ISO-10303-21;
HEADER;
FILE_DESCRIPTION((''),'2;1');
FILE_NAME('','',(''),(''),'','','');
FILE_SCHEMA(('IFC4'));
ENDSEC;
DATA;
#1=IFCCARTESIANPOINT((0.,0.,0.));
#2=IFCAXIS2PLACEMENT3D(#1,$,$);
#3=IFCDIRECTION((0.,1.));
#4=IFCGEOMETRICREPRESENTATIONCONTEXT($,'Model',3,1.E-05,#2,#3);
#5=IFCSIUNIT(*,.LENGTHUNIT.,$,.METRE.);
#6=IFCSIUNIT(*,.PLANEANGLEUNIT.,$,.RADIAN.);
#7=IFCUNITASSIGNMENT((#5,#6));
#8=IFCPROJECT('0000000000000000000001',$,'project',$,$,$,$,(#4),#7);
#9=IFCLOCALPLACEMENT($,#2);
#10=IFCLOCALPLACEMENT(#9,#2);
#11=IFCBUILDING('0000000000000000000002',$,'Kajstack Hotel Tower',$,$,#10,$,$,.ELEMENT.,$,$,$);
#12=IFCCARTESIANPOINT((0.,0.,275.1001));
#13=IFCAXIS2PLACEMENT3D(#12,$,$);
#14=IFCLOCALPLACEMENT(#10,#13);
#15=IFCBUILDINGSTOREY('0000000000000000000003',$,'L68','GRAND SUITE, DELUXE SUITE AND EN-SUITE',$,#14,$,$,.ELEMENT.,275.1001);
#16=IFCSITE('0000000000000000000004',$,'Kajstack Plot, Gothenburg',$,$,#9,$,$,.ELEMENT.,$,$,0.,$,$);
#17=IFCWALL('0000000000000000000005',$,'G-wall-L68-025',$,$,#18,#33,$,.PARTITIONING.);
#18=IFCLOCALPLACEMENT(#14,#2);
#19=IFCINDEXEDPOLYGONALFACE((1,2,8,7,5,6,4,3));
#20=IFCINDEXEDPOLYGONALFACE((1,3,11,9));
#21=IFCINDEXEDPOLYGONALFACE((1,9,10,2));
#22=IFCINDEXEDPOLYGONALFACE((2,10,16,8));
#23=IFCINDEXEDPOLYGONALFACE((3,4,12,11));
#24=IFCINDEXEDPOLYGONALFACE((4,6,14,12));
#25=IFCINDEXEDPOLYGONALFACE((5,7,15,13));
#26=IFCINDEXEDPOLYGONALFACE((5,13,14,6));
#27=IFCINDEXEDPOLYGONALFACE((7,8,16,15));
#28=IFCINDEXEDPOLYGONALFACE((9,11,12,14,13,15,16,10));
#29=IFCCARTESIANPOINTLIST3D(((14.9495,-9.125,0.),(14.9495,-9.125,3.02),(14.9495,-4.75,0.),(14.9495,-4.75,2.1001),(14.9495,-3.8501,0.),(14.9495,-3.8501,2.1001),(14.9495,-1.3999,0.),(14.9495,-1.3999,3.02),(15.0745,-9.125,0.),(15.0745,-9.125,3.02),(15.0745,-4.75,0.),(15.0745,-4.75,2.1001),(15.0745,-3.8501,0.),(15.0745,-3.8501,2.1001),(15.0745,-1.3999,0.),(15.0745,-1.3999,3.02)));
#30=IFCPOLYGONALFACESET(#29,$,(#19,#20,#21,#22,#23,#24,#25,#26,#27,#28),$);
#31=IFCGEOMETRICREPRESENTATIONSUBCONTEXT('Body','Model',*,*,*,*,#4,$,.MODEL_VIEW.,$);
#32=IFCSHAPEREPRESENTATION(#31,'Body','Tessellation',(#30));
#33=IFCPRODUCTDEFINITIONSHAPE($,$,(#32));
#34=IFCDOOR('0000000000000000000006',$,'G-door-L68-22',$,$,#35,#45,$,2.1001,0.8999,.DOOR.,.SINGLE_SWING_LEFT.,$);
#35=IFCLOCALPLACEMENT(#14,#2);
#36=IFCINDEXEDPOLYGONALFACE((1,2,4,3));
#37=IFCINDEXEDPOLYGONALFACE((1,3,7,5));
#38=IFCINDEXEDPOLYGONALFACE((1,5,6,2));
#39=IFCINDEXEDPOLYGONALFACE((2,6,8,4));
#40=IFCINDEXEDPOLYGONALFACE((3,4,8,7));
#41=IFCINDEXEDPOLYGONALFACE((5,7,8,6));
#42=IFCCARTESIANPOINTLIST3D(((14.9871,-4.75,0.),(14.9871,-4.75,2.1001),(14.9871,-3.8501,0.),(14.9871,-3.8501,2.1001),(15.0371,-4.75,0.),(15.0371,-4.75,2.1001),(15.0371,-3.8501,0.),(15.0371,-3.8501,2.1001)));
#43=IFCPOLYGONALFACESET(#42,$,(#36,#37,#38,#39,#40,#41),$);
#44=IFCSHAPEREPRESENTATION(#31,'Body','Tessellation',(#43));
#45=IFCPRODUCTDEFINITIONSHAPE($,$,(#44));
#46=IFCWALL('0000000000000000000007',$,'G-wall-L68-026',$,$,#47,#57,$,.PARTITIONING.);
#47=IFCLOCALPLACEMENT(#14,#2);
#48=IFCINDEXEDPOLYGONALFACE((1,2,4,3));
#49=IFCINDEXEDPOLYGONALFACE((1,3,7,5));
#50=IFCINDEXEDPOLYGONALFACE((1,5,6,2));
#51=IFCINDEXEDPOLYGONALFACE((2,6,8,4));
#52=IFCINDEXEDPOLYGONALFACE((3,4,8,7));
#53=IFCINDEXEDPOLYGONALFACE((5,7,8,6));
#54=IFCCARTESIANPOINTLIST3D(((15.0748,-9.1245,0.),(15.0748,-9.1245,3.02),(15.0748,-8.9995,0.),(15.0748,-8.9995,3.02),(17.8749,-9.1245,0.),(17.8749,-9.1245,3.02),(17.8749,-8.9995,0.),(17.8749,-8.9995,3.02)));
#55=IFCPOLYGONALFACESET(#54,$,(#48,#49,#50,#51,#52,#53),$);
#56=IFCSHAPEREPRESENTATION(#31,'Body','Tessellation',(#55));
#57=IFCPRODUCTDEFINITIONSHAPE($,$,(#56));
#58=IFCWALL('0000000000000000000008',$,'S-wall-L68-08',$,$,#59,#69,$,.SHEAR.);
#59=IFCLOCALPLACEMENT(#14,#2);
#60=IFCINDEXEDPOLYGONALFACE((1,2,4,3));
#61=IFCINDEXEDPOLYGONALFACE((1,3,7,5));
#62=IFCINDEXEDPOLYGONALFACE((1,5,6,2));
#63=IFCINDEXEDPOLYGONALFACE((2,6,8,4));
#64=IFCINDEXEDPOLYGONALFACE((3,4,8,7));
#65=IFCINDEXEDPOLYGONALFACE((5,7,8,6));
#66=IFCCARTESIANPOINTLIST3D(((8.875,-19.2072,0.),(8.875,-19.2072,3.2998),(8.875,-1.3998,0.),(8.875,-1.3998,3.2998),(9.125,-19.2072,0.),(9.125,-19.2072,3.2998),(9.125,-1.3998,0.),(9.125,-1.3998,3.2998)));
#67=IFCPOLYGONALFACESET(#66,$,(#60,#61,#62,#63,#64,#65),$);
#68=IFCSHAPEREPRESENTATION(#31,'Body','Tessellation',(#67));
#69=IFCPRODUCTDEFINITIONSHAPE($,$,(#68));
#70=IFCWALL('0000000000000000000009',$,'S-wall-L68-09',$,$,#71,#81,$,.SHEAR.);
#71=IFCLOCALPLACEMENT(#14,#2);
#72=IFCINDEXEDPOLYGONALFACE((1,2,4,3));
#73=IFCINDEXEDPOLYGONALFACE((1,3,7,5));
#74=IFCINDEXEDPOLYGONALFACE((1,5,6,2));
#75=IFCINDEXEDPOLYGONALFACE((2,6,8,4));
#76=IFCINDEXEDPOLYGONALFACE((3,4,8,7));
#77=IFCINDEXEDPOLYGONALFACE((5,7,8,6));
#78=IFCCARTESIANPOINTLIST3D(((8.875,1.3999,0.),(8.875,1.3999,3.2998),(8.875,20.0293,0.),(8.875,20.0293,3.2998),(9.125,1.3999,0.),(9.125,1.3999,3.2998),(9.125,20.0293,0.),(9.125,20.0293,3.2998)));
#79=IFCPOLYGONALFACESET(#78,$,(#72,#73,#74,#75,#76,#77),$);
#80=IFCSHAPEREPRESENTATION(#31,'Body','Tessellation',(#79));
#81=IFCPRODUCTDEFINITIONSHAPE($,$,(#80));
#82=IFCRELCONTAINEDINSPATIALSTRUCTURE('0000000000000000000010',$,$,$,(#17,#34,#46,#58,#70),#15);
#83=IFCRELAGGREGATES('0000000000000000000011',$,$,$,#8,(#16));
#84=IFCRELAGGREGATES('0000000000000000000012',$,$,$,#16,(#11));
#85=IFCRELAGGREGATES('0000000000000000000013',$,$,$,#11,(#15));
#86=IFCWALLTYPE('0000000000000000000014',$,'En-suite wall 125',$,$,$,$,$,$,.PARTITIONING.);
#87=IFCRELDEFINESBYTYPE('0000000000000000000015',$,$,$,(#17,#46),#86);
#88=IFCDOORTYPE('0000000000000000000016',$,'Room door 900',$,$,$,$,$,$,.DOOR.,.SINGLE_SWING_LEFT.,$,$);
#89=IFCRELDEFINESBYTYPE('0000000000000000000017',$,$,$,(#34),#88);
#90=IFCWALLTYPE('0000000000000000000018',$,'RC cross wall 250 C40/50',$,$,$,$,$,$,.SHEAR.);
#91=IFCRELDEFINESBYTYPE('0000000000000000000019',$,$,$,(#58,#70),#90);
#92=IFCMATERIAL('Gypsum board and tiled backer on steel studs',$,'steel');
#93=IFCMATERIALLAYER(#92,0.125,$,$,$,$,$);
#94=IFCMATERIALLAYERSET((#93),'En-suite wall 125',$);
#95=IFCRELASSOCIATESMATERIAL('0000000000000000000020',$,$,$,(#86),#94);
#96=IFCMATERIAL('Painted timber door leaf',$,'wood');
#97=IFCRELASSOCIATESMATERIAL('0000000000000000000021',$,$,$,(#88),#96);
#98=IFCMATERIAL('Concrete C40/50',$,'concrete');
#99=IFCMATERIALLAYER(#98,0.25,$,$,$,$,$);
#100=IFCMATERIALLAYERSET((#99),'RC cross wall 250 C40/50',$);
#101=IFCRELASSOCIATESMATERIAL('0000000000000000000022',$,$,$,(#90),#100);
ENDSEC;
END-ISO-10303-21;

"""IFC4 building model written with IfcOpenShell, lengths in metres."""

from ifc_helpers import new_model, si_unit, direction, frame, frame_2d, origin, place, context, subcontext, project, spatial, rectangle, extrude, material, layer, layer_set, type_object, element, fill, save


model = new_model("IFC4")

# Units and contexts
model_context = context("Model", 3, precision=1e-05, world=origin(), true_north=direction((0.0, 1.0)))
body_context = subcontext(model_context, "Body", "Model", "MODEL_VIEW")
ifc_project = project(units=[si_unit("LENGTHUNIT", "METRE"), si_unit("PLANEANGLEUNIT", "RADIAN")], contexts=[model_context])

# Site, building, storey
site_placement = place(None, origin())
site = spatial("IfcSite", under=ifc_project, at=site_placement, Name="Kajstack Plot, Gothenburg", CompositionType="ELEMENT", RefElevation=0.0)
building_placement = place(site_placement, origin())
building = spatial("IfcBuilding", under=site, at=building_placement, Name="Kajstack Hotel Tower", CompositionType="ELEMENT")
storey_placement = place(building_placement, frame((0.0, 0.0, 275.1001)))
storey = spatial("IfcBuildingStorey", under=building, at=storey_placement, Name="L68", Description="GRAND SUITE, DELUXE SUITE AND EN-SUITE", CompositionType="ELEMENT", Elevation=275.1001)

# Shared definitions
ifc_material_1 = material(Name="Concrete C40/50", Category="concrete")

# Shared definitions
ifc_material_2 = material(Name="Gypsum board and tiled backer on steel studs", Category="steel")
ifc_layer_1 = layer(ifc_material_2, 0.125)
ifc_layer_set_1 = layer_set([ifc_layer_1], Name="En-suite wall 125")
wall_type_1 = type_object("IfcWallType", Name="En-suite wall 125", PredefinedType="PARTITIONING", material=ifc_layer_set_1)
ifc_material_3 = material(Name="Painted timber door leaf", Category="wood")
door_type_1 = type_object("IfcDoorType", Name="Room door 900", OperationType="SINGLE_SWING_LEFT", PredefinedType="DOOR", material=ifc_material_3)

# Wall, opening, door
wall_1_placement = place(storey_placement, frame((15.012, -9.125, 0.0), z_axis=(0.0, 0.0, 1.0), x_axis=(0.0, 1.0, 0.0)))
wall_1 = element("IfcWall", 1, at=wall_1_placement, inside=storey, type_object=wall_type_1, Name="G-wall-L68-025", PredefinedType="PARTITIONING", context=body_context, shape_type="SweptSolid", body=[
    extrude(rectangle(XDim=7.7251, YDim=0.125, at=frame_2d((3.8625, 0.0))), origin(), (0.0, 0.0, 1.0), 3.02),
])
opening_1_placement = place(wall_1_placement, frame((4.375, 0.0, 0.0)))
opening_1 = element("IfcOpeningElement", 2, at=opening_1_placement, cuts=wall_1, PredefinedType="OPENING", context=body_context, shape_type="SweptSolid", body=[
    extrude(rectangle(XDim=0.8999, YDim=2.1001, at=frame_2d((0.45, 1.05))), frame((0.0, 0.0725, 0.0), z_axis=(0.0, -1.0, 0.0), x_axis=(1.0, 0.0, 0.0)), (0.0, 0.0, 1.0), 0.145),
])
door_1_placement = place(opening_1_placement, origin())
door_1 = element("IfcDoor", 3, at=door_1_placement, inside=storey, type_object=door_type_1, Name="G-door-L68-22", OperationType="SINGLE_SWING_LEFT", OverallHeight=2.1001, OverallWidth=0.8999, PredefinedType="DOOR", context=body_context, shape_type="SweptSolid", body=[
    extrude(rectangle(XDim=0.8999, YDim=2.1001, at=frame_2d((0.45, 1.05))), frame((0.0, 0.0249, 0.0), z_axis=(0.0, -1.0, 0.0), x_axis=(1.0, 0.0, 0.0)), (0.0, 0.0, 1.0), 0.05),
])
fill(opening_1, door_1)

# Walls
wall_2_placement = place(storey_placement, frame((15.075, -9.062, 0.0), z_axis=(0.0, 0.0, 1.0), x_axis=(1.0, 0.0, 0.0)))
element("IfcWall", 4, at=wall_2_placement, inside=storey, type_object=wall_type_1, Name="G-wall-L68-026", PredefinedType="PARTITIONING", context=body_context, shape_type="SweptSolid", body=[
    extrude(rectangle(XDim=2.8, YDim=0.125, at=frame_2d((1.3999, 0.0))), origin(), (0.0, 0.0, 1.0), 3.02),
])
ifc_layer_2 = layer(ifc_material_1, 0.25)
ifc_layer_set_2 = layer_set([ifc_layer_2], Name="RC cross wall 250 C40/50")
wall_type_2 = type_object("IfcWallType", Name="RC cross wall 250 C40/50", PredefinedType="SHEAR", material=ifc_layer_set_2)
wall_3_placement = place(storey_placement, frame((9.0, -19.2073, 0.0), z_axis=(0.0, 0.0, 1.0), x_axis=(0.0, 1.0, 0.0)))
element("IfcWall", 5, at=wall_3_placement, inside=storey, type_object=wall_type_2, Name="S-wall-L68-08", PredefinedType="SHEAR", context=body_context, shape_type="SweptSolid", body=[
    extrude(rectangle(XDim=17.8074, YDim=0.25, at=frame_2d((8.9038, 0.0))), origin(), (0.0, 0.0, 1.0), 3.2998),
])
wall_4_placement = place(storey_placement, frame((9.0, 1.3999, 0.0), z_axis=(0.0, 0.0, 1.0), x_axis=(0.0, 1.0, 0.0)))
element("IfcWall", 6, at=wall_4_placement, inside=storey, type_object=wall_type_2, Name="S-wall-L68-09", PredefinedType="SHEAR", context=body_context, shape_type="SweptSolid", body=[
    extrude(rectangle(XDim=18.6294, YDim=0.25, at=frame_2d((9.3147, 0.0))), origin(), (0.0, 0.0, 1.0), 3.2998),
])

save(model, "model.ifc")
